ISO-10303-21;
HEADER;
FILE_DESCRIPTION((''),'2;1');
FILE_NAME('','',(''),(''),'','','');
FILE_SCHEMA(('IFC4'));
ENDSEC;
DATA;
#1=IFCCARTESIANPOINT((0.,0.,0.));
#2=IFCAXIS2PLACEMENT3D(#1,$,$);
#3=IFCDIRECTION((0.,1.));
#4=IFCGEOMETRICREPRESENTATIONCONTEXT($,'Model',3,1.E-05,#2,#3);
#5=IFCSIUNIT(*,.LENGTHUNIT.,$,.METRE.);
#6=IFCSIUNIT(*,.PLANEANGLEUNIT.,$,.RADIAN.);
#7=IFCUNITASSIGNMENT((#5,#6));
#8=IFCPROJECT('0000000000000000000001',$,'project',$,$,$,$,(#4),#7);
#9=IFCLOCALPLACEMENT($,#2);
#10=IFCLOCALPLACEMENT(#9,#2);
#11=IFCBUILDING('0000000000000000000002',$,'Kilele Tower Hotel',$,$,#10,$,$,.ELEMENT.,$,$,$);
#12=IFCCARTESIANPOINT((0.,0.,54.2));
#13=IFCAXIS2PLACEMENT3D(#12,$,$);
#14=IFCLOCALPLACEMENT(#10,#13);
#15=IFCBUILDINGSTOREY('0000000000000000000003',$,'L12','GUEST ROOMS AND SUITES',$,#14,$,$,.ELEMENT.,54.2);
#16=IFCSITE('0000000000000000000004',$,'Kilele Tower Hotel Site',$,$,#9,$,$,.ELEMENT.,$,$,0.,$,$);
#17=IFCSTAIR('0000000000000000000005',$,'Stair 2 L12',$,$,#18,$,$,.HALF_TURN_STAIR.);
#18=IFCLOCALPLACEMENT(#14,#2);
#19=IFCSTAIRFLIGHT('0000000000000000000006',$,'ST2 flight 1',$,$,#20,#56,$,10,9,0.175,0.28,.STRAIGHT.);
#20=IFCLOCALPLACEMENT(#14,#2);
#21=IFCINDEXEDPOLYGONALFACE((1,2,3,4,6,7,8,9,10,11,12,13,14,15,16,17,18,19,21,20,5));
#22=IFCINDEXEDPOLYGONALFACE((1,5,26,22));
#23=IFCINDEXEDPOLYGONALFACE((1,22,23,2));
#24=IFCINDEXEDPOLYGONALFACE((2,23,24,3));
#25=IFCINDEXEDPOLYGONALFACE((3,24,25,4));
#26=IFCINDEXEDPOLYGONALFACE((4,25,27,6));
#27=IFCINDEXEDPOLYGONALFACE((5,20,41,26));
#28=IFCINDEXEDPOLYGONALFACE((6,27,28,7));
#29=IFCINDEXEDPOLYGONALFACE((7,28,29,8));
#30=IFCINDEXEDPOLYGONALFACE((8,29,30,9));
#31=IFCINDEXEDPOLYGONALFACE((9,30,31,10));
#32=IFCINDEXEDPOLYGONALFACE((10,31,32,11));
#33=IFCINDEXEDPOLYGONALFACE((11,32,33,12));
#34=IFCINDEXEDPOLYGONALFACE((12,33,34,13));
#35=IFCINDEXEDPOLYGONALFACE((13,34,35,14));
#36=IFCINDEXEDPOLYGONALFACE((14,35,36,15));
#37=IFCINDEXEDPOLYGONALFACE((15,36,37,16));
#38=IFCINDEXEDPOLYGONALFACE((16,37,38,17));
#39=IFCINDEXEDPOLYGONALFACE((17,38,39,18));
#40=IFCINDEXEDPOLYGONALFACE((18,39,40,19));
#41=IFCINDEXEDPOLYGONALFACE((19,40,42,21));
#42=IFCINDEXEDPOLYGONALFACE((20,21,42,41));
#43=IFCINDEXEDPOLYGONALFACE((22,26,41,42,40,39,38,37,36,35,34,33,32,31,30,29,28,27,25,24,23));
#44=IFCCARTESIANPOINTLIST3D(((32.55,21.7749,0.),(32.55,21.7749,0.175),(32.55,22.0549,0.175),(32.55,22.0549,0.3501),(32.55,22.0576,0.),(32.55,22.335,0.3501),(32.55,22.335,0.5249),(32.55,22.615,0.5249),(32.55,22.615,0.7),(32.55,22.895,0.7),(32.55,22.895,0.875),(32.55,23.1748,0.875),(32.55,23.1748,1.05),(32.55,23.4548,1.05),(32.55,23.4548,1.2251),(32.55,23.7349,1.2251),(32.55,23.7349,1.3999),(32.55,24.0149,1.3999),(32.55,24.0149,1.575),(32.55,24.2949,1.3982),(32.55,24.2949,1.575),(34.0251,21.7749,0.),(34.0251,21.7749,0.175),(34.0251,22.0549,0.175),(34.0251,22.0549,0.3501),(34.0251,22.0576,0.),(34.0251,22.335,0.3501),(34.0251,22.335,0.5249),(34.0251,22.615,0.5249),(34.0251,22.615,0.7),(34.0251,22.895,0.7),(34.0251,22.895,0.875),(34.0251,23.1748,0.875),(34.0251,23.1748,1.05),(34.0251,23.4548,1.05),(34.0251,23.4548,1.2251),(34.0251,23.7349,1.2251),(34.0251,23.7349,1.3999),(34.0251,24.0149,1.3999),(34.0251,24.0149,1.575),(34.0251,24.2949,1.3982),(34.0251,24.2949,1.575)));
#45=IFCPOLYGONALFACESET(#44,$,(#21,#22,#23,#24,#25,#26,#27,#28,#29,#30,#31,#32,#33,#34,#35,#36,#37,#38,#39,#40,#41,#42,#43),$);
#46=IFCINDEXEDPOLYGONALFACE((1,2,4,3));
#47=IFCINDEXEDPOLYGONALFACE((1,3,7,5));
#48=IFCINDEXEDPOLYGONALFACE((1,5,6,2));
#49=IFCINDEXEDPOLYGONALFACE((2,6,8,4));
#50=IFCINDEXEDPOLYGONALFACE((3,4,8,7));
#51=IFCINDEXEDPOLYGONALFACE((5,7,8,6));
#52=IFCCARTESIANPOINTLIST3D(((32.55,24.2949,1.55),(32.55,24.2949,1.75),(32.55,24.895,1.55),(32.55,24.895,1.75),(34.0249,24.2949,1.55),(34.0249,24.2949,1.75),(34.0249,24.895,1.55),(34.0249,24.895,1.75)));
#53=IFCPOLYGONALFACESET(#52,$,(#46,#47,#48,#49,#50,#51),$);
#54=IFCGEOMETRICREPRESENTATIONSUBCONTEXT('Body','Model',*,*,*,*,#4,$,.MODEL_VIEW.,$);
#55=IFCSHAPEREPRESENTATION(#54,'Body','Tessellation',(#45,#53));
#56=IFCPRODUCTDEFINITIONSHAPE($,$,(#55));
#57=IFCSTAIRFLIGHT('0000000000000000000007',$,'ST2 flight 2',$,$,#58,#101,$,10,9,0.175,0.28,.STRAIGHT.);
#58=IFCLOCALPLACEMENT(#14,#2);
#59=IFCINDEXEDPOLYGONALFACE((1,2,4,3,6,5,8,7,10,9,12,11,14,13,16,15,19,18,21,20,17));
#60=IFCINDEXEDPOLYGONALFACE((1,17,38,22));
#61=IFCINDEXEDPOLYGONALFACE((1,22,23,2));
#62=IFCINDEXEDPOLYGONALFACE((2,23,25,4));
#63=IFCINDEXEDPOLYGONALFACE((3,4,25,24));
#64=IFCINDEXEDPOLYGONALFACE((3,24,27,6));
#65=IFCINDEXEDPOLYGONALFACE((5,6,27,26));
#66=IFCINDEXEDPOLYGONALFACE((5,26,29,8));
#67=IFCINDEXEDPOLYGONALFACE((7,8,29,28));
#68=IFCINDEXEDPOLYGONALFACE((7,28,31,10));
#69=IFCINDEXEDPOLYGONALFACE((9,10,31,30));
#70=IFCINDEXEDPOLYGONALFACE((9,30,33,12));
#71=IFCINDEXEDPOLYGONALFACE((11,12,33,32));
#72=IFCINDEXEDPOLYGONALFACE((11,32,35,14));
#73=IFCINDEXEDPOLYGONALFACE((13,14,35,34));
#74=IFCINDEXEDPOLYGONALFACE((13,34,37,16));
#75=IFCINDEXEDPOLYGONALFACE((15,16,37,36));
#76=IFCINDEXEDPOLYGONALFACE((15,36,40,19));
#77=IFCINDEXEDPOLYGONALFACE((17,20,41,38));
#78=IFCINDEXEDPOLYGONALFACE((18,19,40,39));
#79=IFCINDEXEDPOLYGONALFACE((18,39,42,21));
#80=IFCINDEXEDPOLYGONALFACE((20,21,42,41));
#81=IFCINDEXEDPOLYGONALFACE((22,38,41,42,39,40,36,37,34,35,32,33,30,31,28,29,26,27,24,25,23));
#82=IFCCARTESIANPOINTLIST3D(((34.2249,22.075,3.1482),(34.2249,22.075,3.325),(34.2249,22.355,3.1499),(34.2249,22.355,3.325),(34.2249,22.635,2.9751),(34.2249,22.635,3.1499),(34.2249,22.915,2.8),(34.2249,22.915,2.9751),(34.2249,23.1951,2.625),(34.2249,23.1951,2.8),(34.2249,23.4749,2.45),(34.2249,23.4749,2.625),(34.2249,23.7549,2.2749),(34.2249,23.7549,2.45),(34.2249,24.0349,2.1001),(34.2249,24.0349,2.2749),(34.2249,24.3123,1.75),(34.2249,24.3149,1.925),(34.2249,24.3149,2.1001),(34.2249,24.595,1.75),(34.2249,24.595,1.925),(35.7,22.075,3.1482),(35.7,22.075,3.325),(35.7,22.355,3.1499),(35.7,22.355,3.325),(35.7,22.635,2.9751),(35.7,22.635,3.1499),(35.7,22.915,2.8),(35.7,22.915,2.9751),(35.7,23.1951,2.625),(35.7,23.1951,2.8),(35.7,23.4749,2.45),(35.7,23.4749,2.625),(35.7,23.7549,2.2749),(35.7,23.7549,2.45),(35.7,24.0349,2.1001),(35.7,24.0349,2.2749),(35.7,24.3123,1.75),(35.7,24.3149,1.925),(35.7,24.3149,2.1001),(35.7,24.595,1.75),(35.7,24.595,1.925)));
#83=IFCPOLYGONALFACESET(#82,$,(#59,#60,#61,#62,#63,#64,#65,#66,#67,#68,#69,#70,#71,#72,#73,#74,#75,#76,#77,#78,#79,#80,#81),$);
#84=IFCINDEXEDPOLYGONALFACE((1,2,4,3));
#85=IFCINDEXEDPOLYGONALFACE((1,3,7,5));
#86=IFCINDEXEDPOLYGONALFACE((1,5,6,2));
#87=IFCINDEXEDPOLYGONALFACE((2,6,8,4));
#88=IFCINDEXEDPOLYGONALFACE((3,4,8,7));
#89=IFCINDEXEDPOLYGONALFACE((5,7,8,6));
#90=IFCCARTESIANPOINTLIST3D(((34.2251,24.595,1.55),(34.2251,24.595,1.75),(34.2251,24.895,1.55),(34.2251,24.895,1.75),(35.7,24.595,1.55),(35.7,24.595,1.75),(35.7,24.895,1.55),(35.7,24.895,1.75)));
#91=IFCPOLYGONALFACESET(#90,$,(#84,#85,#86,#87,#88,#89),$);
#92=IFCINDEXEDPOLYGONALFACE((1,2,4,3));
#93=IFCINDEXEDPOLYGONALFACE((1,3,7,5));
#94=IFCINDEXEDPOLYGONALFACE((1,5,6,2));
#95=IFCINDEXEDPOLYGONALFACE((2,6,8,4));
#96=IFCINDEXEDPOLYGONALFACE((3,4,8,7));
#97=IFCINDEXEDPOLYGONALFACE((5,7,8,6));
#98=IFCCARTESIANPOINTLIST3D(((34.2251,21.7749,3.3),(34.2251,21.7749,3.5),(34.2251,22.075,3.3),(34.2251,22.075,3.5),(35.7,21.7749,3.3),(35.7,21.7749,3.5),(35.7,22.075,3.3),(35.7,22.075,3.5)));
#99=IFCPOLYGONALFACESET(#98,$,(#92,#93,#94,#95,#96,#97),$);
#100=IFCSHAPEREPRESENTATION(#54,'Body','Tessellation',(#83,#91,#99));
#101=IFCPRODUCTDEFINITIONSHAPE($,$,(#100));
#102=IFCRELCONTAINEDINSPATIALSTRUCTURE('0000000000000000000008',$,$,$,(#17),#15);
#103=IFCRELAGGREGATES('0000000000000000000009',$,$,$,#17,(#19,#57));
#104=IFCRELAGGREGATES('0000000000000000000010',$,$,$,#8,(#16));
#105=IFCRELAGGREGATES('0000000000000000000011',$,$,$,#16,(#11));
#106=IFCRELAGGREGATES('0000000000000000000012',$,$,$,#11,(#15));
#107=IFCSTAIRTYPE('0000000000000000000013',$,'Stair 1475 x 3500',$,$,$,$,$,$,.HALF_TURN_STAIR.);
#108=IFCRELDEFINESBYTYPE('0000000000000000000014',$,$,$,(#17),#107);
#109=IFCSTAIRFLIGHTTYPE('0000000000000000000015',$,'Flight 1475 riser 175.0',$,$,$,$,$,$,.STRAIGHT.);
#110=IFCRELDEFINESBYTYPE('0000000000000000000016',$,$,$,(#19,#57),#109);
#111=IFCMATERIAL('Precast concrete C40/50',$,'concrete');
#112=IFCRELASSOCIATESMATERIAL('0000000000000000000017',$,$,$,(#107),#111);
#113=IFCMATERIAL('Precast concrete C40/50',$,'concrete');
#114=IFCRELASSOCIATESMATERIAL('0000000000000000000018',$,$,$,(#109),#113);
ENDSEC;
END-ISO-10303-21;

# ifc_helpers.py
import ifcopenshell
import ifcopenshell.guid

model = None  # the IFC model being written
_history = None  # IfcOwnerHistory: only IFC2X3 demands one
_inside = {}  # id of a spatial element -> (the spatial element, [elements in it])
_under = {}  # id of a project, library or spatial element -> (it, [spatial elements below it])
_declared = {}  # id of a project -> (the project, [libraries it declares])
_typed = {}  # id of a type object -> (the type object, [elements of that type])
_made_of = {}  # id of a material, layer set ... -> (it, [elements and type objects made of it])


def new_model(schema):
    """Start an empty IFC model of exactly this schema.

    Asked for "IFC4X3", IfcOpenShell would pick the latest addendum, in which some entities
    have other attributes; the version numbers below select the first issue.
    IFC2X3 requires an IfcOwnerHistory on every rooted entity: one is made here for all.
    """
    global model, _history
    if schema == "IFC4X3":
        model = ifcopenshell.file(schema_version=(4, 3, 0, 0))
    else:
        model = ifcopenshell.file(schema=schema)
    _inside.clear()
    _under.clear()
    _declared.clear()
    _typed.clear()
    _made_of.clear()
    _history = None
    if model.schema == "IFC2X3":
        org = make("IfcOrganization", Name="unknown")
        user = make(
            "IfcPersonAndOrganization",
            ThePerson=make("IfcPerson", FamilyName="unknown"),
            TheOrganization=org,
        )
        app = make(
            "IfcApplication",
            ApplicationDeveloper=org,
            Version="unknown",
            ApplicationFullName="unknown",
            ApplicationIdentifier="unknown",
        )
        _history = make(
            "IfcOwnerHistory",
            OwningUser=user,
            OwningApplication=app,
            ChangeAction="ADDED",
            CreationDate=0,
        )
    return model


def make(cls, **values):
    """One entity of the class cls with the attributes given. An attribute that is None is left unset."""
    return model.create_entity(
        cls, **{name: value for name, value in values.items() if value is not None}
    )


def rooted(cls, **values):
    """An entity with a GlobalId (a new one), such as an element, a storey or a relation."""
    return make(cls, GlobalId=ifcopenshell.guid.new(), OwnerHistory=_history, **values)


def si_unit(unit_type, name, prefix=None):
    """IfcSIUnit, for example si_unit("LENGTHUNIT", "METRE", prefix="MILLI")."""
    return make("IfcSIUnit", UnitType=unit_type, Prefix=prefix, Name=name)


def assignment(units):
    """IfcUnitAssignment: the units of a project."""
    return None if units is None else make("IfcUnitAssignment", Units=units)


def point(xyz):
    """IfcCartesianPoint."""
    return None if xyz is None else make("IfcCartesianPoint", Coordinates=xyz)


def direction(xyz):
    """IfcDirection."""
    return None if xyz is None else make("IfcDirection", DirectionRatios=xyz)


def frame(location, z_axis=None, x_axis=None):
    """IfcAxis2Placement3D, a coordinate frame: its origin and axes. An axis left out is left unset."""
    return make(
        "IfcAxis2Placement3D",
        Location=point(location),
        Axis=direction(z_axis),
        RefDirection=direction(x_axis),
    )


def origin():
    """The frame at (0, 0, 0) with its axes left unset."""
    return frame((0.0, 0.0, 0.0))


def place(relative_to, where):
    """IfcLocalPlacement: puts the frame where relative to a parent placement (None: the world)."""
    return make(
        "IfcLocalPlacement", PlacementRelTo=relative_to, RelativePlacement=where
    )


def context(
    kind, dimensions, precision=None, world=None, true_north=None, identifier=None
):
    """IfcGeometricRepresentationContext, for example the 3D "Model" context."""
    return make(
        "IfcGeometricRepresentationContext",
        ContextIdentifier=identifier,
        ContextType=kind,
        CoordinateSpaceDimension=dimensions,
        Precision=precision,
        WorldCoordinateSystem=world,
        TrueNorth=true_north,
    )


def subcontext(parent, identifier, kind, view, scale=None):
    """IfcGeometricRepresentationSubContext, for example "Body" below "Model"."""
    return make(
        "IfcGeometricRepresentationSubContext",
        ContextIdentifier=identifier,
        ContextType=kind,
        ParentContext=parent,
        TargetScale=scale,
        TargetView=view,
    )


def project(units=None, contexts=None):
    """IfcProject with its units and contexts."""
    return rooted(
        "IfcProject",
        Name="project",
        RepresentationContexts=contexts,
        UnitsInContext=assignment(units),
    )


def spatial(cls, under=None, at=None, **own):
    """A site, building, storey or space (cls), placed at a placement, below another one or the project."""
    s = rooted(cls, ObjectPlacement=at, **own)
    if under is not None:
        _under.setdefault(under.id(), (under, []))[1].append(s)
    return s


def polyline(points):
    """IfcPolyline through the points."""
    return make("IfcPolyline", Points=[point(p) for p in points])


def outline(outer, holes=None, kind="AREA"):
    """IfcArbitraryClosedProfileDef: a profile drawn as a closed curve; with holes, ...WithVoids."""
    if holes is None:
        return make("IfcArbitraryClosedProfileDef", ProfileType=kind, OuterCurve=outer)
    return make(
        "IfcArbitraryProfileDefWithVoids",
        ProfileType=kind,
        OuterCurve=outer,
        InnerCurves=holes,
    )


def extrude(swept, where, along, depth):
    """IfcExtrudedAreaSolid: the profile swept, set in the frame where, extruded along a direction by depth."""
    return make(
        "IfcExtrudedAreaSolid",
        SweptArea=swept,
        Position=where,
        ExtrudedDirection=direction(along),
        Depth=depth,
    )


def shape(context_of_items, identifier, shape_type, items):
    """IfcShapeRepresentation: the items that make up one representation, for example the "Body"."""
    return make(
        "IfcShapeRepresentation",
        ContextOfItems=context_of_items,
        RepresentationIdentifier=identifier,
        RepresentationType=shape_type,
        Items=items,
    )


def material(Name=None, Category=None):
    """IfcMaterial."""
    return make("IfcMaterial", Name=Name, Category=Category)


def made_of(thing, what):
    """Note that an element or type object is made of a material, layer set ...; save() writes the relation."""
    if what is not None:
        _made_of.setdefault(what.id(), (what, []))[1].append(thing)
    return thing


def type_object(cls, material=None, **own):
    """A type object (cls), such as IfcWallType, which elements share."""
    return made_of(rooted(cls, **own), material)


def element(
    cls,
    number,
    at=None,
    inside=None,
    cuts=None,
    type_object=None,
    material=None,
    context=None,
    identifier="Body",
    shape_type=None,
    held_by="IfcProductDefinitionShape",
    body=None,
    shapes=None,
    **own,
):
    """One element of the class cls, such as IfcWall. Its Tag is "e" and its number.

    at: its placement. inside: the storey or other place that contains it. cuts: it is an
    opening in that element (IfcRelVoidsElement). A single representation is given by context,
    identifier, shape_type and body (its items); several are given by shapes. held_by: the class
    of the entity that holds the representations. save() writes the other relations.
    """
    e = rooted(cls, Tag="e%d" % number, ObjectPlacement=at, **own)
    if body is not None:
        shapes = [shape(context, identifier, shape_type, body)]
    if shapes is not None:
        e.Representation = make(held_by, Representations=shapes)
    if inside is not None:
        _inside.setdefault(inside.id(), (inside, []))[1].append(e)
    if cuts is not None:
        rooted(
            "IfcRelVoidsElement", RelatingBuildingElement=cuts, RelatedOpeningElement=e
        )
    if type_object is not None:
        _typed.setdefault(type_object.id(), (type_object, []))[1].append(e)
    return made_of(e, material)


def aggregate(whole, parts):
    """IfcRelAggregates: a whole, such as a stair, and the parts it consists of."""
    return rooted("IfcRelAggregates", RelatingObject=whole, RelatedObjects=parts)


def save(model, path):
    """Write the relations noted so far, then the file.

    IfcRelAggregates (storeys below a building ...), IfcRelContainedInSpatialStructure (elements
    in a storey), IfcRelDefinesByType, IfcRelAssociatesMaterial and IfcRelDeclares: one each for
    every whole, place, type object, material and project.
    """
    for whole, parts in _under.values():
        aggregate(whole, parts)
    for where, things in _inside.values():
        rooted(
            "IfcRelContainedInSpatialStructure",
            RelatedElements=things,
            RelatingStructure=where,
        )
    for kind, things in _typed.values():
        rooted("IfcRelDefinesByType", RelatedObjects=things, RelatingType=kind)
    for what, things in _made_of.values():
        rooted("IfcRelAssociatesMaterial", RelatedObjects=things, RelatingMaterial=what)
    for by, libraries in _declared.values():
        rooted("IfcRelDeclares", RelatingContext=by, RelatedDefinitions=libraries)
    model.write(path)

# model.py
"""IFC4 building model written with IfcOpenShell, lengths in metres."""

from ifc_helpers import new_model, si_unit, direction, frame, origin, place, context, subcontext, project, spatial, polyline, outline, extrude, material, type_object, element, aggregate, save


model = new_model("IFC4")

# Units and contexts
model_context = context("Model", 3, precision=1e-05, world=origin(), true_north=direction((0.0, 1.0)))
body_context = subcontext(model_context, "Body", "Model", "MODEL_VIEW")
ifc_project = project(units=[si_unit("LENGTHUNIT", "METRE"), si_unit("PLANEANGLEUNIT", "RADIAN")], contexts=[model_context])

# Site, building, storey
site_placement = place(None, origin())
site = spatial("IfcSite", under=ifc_project, at=site_placement, Name="Kilele Tower Hotel Site", CompositionType="ELEMENT", RefElevation=0.0)
building_placement = place(site_placement, origin())
building = spatial("IfcBuilding", under=site, at=building_placement, Name="Kilele Tower Hotel", CompositionType="ELEMENT")
storey_placement = place(building_placement, frame((0.0, 0.0, 54.2)))
storey = spatial("IfcBuildingStorey", under=building, at=storey_placement, Name="L12", Description="GUEST ROOMS AND SUITES", CompositionType="ELEMENT", Elevation=54.2)

# Stair, stair flights
ifc_material_1 = material(Name="Precast concrete C40/50", Category="concrete")
stair_type = type_object("IfcStairType", Name="Stair 1475 x 3500", PredefinedType="HALF_TURN_STAIR", material=ifc_material_1)
stair_placement = place(storey_placement, origin())
stair = element("IfcStair", 1, at=stair_placement, inside=storey, type_object=stair_type, Name="Stair 2 L12", PredefinedType="HALF_TURN_STAIR")
ifc_material_2 = material(Name="Precast concrete C40/50", Category="concrete")
stair_flight_type = type_object("IfcStairFlightType", Name="Flight 1475 riser 175.0", PredefinedType="STRAIGHT", material=ifc_material_2)
stair_flight_1_placement = place(storey_placement, frame((33.2876, 21.7749, 0.0), z_axis=(0.0, 0.0, 1.0), x_axis=(0.0, 1.0, 0.0)))
stair_flight_1 = element("IfcStairFlight", 2, at=stair_flight_1_placement, type_object=stair_flight_type, Name="ST2 flight 1", NumberOfRisers=10, NumberOfTreads=9, PredefinedType="STRAIGHT", RiserHeight=0.175, TreadLength=0.28, context=body_context, shape_type="SweptSolid", body=[
    extrude(outline(polyline([(0.0, 0.0), (0.0, 0.175), (0.28, 0.175), (0.28, 0.3501), (0.5601, 0.3501), (0.5601, 0.5249), (0.8401, 0.5249), (0.8401, 0.7), (1.1201, 0.7), (1.1201, 0.875), (1.3999, 0.875), (1.3999, 1.05), (1.6799, 1.05), (1.6799, 1.2251), (1.96, 1.2251), (1.96, 1.3999), (2.24, 1.3999), (2.24, 1.575), (2.52, 1.575), (2.52, 1.75), (2.52, 1.3982), (0.2827, 0.0), (0.0, 0.0)])), frame((0.0, 0.7375, 0.0), z_axis=(0.0, -1.0, 0.0), x_axis=(1.0, 0.0, 0.0)), (0.0, 0.0, 1.0), 1.4751),
    extrude(outline(polyline([(2.52, 0.7375), (2.52, -0.7373), (3.1201, -0.7373), (3.1201, 0.7375), (2.52, 0.7375)])), frame((0.0, 0.0, 1.55)), (0.0, 0.0, 1.0), 0.2),
])
stair_flight_2_placement = place(storey_placement, frame((34.9624, 24.595, 1.75), z_axis=(0.0, 0.0, 1.0), x_axis=(0.0, -1.0, 0.0)))
stair_flight_2 = element("IfcStairFlight", 3, at=stair_flight_2_placement, type_object=stair_flight_type, Name="ST2 flight 2", NumberOfRisers=10, NumberOfTreads=9, PredefinedType="STRAIGHT", RiserHeight=0.175, TreadLength=0.28, context=body_context, shape_type="SweptSolid", body=[
    extrude(outline(polyline([(0.0, 0.0), (0.0, 0.175), (0.28, 0.175), (0.28, 0.3501), (0.5601, 0.3501), (0.5601, 0.5249), (0.8401, 0.5249), (0.8401, 0.7), (1.1201, 0.7), (1.1201, 0.875), (1.3999, 0.875), (1.3999, 1.05), (1.6799, 1.05), (1.6799, 1.2251), (1.96, 1.2251), (1.96, 1.3999), (2.24, 1.3999), (2.24, 1.575), (2.52, 1.575), (2.52, 1.75), (2.52, 1.3982), (0.2827, 0.0), (0.0, 0.0)])), frame((0.0, 0.7375, 0.0), z_axis=(0.0, -1.0, 0.0), x_axis=(1.0, 0.0, 0.0)), (0.0, 0.0, 1.0), 1.4751),
    extrude(outline(polyline([(0.0, -0.7373), (0.0, 0.7375), (-0.3, 0.7375), (-0.3, -0.7373), (0.0, -0.7373)])), frame((0.0, 0.0, -0.2)), (0.0, 0.0, 1.0), 0.2),
    extrude(outline(polyline([(2.8201, -0.7373), (2.8201, 0.7375), (2.52, 0.7375), (2.52, -0.7373), (2.8201, -0.7373)])), frame((0.0, 0.0, 1.55)), (0.0, 0.0, 1.0), 0.2),
])
aggregate(stair, [stair_flight_1, stair_flight_2])

save(model, "model.ifc")
